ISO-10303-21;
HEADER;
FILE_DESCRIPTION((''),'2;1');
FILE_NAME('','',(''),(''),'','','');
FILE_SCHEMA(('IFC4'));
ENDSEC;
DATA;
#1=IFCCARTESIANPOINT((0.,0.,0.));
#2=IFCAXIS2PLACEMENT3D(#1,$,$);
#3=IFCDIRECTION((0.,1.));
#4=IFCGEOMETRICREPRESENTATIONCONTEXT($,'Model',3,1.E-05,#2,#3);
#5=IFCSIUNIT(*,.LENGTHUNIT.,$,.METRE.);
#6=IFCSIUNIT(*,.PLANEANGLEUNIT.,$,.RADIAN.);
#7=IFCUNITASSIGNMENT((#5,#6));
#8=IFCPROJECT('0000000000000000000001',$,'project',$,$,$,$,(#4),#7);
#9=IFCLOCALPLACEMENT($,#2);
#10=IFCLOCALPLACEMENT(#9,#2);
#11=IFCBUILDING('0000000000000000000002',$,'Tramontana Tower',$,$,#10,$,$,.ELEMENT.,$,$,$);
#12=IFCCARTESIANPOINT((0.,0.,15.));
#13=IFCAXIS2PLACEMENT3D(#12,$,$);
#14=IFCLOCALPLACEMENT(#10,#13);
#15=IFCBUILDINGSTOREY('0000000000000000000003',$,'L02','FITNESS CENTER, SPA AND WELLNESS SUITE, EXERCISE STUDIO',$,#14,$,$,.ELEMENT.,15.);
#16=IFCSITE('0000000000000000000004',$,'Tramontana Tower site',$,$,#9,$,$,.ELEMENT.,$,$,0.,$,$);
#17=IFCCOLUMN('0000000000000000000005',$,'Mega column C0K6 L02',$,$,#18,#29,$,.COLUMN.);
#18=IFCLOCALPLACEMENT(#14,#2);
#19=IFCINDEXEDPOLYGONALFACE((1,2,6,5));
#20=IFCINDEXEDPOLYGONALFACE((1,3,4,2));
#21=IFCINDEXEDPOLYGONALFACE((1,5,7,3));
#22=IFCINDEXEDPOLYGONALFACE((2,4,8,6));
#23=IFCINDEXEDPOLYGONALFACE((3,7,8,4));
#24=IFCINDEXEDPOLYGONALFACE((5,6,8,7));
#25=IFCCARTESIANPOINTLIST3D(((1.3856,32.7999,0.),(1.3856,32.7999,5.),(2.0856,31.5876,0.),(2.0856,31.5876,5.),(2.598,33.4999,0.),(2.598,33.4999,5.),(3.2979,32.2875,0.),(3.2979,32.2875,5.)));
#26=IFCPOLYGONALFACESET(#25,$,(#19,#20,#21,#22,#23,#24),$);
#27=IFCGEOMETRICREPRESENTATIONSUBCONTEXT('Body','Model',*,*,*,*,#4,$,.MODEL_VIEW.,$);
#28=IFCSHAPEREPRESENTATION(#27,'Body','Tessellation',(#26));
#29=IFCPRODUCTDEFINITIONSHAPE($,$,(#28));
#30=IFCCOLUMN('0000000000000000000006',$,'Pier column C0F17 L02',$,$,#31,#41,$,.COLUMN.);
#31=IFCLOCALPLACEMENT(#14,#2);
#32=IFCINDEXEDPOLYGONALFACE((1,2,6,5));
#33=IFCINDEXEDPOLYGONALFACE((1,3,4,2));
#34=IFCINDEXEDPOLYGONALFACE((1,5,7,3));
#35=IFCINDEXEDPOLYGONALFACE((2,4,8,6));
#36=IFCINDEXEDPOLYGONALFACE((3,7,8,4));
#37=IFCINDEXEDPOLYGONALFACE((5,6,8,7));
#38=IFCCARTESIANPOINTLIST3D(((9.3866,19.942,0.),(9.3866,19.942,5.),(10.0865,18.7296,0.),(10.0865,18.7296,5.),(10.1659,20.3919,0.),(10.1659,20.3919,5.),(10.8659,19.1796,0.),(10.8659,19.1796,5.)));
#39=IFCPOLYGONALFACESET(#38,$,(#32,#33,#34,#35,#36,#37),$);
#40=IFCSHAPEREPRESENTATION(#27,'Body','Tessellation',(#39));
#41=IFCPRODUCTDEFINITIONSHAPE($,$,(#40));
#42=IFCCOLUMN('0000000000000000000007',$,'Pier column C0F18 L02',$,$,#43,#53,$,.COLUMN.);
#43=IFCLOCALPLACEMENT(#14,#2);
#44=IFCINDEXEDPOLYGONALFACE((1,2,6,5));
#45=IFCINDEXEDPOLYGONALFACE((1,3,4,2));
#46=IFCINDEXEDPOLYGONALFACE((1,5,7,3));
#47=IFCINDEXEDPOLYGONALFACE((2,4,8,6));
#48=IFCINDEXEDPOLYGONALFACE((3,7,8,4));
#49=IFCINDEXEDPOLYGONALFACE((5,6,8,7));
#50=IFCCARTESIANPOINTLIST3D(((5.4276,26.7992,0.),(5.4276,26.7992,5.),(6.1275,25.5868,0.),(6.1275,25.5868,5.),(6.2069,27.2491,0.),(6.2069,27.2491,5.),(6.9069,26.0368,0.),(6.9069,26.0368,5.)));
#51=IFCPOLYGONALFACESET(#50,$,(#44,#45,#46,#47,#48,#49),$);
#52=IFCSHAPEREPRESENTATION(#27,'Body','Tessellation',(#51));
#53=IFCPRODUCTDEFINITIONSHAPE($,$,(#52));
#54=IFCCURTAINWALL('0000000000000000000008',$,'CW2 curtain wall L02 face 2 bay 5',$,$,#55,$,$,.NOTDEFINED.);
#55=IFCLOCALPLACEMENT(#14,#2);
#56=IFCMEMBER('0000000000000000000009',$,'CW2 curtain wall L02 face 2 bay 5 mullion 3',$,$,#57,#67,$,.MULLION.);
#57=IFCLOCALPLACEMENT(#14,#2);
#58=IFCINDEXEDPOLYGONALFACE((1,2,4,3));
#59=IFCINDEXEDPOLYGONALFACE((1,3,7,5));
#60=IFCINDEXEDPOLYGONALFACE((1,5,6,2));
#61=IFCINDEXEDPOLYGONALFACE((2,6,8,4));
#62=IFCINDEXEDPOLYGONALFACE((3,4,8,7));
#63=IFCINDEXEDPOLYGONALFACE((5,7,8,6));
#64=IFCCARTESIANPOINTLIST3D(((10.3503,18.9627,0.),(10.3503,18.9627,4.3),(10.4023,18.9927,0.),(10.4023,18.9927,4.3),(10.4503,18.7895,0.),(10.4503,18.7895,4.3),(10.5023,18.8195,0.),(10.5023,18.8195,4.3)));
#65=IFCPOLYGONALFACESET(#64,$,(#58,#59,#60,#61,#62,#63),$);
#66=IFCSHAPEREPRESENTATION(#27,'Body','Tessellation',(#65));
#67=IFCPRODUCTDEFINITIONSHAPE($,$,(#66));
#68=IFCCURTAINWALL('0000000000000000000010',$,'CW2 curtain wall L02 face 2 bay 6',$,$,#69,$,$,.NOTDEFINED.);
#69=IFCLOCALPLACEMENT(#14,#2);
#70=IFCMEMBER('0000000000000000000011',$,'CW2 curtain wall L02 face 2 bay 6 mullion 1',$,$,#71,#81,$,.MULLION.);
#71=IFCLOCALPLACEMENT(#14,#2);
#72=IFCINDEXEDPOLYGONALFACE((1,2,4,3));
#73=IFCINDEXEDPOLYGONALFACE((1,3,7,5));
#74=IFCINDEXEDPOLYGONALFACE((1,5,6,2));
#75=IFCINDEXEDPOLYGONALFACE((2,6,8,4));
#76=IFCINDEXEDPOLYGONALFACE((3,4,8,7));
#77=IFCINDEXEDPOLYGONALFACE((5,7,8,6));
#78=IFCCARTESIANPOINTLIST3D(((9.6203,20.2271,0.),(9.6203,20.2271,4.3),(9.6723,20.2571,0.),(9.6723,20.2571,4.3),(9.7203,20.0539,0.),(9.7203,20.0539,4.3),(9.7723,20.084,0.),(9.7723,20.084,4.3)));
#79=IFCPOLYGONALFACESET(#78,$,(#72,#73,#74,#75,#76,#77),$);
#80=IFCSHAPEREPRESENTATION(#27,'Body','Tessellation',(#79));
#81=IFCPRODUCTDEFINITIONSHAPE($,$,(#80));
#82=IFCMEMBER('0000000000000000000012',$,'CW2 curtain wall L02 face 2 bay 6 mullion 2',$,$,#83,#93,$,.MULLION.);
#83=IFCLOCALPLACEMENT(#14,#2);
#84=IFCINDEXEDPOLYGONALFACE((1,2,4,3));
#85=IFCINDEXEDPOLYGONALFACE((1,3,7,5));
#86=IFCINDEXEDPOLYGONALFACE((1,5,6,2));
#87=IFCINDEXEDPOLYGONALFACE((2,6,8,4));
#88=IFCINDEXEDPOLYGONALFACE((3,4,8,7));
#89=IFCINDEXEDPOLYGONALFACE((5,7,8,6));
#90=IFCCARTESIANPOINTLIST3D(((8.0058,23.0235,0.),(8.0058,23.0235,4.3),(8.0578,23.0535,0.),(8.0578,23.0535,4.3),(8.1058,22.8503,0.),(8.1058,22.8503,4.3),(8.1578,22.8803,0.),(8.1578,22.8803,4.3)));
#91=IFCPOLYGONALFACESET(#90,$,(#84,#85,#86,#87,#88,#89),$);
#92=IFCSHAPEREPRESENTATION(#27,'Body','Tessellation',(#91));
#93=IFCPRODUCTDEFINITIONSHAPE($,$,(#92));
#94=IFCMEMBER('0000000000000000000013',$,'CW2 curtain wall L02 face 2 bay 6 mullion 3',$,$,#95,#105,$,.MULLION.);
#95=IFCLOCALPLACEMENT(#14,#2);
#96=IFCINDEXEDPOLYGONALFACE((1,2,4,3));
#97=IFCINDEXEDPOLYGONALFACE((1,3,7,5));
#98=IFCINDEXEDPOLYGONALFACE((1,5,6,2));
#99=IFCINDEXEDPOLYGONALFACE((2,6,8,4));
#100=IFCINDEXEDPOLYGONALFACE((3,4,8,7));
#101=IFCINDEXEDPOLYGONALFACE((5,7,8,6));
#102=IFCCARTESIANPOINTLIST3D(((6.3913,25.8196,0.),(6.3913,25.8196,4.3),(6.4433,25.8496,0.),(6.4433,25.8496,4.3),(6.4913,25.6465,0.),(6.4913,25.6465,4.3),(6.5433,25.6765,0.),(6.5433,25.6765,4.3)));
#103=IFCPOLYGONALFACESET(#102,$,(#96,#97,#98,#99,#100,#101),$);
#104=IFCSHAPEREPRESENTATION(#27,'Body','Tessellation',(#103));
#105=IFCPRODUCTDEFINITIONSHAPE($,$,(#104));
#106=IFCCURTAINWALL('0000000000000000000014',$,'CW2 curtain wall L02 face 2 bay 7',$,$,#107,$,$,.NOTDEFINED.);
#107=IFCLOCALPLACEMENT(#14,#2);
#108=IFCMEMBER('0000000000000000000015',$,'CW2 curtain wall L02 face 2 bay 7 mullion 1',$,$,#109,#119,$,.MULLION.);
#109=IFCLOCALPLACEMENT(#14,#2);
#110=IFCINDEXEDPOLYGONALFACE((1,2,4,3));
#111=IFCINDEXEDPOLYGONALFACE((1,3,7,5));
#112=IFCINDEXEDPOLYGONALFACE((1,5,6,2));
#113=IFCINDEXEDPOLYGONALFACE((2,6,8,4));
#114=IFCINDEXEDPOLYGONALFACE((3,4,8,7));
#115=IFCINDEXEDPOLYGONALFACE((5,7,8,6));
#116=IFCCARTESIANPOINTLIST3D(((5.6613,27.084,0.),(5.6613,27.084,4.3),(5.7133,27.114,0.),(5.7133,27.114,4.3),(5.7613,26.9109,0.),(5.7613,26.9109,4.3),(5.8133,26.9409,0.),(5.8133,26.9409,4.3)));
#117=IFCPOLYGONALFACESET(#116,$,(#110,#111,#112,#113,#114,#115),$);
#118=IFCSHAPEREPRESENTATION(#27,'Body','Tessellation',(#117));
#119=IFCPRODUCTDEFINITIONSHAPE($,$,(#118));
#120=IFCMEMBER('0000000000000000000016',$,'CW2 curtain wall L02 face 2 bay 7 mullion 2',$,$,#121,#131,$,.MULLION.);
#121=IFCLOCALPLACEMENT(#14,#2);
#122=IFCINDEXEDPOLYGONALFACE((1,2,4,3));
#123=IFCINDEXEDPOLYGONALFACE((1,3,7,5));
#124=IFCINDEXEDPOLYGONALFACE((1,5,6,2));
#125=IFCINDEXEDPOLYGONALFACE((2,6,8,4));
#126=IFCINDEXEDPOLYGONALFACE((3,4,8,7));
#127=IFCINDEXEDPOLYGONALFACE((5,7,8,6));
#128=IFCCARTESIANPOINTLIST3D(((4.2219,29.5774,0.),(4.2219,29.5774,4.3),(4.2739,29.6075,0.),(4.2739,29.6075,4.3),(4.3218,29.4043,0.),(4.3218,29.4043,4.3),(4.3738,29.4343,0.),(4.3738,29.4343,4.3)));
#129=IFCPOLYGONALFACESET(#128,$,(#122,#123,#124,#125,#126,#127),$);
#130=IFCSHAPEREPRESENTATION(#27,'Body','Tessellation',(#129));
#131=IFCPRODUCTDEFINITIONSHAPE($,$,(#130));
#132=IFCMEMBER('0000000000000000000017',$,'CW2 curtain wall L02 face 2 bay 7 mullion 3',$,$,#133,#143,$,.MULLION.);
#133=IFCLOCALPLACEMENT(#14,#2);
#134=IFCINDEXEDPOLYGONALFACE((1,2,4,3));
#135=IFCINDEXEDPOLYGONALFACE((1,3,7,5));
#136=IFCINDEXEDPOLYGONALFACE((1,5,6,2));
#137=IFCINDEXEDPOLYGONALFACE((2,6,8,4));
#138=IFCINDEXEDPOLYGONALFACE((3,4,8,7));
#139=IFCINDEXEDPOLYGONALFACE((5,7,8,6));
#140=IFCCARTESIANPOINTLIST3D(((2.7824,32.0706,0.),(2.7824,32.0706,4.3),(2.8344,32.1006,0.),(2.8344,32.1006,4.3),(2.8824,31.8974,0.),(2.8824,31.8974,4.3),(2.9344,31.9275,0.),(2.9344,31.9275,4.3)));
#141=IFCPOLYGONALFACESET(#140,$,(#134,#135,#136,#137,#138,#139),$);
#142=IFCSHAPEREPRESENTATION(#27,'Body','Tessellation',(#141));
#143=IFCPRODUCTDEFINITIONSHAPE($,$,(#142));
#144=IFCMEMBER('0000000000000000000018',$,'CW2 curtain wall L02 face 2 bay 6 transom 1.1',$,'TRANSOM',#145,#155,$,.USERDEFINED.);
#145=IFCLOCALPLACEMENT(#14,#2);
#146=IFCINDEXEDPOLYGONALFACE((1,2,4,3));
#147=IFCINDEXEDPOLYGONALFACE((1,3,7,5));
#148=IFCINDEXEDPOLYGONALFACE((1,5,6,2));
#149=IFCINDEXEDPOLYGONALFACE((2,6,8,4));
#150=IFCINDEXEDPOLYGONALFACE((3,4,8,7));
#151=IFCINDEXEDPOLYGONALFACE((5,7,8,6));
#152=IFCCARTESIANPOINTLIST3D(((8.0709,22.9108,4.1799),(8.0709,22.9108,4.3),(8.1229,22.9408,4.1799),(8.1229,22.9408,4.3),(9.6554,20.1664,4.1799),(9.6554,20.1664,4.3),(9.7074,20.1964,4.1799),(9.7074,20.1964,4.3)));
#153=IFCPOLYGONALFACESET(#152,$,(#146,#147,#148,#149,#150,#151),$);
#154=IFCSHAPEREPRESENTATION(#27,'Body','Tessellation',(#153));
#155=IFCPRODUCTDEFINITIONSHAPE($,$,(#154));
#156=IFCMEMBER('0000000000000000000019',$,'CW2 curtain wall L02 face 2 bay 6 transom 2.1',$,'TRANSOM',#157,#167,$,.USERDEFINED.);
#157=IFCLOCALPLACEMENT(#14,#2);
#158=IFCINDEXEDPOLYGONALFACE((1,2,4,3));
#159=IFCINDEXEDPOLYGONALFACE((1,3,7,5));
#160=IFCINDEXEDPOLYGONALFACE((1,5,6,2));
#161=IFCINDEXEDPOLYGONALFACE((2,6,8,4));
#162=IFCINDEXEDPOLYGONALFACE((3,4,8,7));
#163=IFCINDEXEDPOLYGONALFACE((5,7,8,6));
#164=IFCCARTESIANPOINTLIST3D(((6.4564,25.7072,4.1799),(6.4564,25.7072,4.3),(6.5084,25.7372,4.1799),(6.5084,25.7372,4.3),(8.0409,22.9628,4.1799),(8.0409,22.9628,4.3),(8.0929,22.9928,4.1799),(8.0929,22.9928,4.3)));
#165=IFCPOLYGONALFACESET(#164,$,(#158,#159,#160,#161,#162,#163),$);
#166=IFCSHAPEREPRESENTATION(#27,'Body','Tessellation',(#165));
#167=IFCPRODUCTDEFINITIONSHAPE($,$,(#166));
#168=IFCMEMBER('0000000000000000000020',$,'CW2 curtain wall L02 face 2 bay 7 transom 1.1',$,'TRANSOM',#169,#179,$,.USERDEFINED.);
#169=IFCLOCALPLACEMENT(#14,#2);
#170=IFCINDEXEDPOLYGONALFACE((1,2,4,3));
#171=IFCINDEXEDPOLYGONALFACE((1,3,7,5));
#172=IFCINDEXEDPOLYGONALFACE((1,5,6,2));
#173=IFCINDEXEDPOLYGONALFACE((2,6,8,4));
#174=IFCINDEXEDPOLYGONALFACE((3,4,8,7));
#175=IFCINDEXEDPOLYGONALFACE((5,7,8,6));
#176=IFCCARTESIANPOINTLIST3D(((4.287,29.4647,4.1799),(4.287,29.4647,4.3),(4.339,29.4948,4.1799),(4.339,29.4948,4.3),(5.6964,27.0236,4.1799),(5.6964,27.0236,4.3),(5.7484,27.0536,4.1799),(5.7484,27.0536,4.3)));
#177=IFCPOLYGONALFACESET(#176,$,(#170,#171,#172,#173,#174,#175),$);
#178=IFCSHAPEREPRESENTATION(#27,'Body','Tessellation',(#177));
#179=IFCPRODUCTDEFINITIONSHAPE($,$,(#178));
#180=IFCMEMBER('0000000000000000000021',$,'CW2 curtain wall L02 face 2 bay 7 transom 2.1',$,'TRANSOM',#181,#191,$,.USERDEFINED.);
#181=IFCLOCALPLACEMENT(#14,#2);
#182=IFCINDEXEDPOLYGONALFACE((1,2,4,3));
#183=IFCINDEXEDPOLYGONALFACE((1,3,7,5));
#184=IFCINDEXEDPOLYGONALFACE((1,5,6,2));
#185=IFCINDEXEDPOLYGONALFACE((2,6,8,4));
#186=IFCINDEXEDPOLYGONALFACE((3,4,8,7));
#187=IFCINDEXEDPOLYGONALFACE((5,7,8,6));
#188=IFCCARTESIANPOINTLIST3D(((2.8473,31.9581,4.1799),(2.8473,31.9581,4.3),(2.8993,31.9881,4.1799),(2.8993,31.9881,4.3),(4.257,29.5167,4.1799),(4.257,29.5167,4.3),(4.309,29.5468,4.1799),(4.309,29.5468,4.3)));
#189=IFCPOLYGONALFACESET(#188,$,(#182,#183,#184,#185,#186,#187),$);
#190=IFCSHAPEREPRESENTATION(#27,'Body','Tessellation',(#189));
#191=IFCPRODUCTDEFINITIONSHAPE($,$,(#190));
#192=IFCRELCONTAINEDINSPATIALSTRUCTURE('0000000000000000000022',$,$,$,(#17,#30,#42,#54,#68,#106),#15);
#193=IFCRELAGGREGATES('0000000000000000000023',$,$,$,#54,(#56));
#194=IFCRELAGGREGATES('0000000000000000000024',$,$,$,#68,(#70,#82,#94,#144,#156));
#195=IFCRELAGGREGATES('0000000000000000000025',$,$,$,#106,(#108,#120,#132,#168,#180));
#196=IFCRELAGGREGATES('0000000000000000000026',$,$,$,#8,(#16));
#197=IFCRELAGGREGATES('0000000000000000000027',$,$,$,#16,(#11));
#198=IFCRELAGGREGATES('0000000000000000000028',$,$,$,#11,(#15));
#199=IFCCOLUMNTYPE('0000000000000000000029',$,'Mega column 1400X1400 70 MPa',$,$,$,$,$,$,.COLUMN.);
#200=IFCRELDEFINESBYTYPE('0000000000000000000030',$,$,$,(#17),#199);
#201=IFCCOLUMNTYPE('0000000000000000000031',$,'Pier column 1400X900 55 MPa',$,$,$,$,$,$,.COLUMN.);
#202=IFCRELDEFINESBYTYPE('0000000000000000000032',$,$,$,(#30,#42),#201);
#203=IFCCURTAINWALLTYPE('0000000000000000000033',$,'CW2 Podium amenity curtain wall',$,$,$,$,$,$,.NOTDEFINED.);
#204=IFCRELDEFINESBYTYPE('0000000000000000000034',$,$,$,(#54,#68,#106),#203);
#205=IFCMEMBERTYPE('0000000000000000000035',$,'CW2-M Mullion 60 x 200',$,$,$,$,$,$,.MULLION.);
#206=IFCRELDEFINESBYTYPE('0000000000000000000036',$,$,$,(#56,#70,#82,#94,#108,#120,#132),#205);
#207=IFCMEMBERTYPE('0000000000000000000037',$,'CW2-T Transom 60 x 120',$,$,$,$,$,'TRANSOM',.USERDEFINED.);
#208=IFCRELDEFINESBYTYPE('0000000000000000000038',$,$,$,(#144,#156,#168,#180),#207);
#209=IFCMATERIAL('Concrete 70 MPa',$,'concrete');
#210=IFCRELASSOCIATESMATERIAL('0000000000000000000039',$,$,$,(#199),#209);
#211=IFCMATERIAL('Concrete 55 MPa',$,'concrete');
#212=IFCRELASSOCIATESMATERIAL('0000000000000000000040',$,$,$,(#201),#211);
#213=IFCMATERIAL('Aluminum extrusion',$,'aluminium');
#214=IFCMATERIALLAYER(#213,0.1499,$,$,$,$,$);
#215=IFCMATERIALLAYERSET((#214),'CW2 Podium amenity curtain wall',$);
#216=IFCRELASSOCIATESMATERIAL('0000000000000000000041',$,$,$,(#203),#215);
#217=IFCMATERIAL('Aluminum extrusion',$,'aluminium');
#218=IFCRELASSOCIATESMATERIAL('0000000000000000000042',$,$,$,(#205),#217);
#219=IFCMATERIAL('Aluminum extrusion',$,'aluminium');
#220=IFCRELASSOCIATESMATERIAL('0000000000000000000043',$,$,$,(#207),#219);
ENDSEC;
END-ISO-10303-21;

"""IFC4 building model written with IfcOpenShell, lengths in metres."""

from ifc_helpers import new_model, si_unit, direction, frame, origin, origin_2d, place, context, subcontext, project, spatial, rectangle, extrude, material, layer, layer_set, material_profile, profile_set, type_object, element, aggregate, save


model = new_model("IFC4")

# Units and contexts
model_context = context("Model", 3, precision=1e-05, world=origin(), true_north=direction((0.0, 1.0)))
body_context = subcontext(model_context, "Body", "Model", "MODEL_VIEW")
ifc_project = project(units=[si_unit("LENGTHUNIT", "METRE"), si_unit("PLANEANGLEUNIT", "RADIAN")], contexts=[model_context])

# Site, building, storey
site_placement = place(None, origin())
site = spatial("IfcSite", under=ifc_project, at=site_placement, Name="Tramontana Tower site", CompositionType="ELEMENT", RefElevation=0.0)
building_placement = place(site_placement, origin())
building = spatial("IfcBuilding", under=site, at=building_placement, Name="Tramontana Tower", CompositionType="ELEMENT")
storey_placement = place(building_placement, frame((0.0, 0.0, 15.0)))
storey = spatial("IfcBuildingStorey", under=building, at=storey_placement, Name="L02", Description="FITNESS CENTER, SPA AND WELLNESS SUITE, EXERCISE STUDIO", CompositionType="ELEMENT", Elevation=15.0)

# Columns
ifc_material_1 = material(Name="Concrete 70 MPa", Category="concrete")
ifc_material_profile_1 = material_profile(ifc_material_1, rectangle(XDim=1.3999, YDim=1.3999, at=origin_2d()), Name="Mega column 1400X1400 70 MPa")
ifc_profile_set_1 = profile_set([ifc_material_profile_1], Name="Concrete 70 MPa")
column_type_1 = type_object("IfcColumnType", Name="Mega column 1400X1400 70 MPa", PredefinedType="COLUMN", material=ifc_profile_set_1)
column_placement = place(storey_placement, frame((2.3418, 32.5437, 0.0), z_axis=(0.0, 0.0, 1.0), x_axis=(-0.5, 0.866025, 0.0)))
element("IfcColumn", 1, at=column_placement, inside=storey, type_object=column_type_1, Name="Mega column C0K6 L02", PredefinedType="COLUMN", context=body_context, shape_type="SweptSolid", body=[
    extrude(rectangle(XDim=1.3999, YDim=1.3999, at=origin_2d()), origin(), (0.0, 0.0, 1.0), 5.0),
])
ifc_material_2 = material(Name="Concrete 55 MPa", Category="concrete")
ifc_material_profile_2 = material_profile(ifc_material_2, rectangle(XDim=1.3999, YDim=0.8999, at=origin_2d()), Name="Pier column 1400X900 55 MPa")
ifc_profile_set_2 = profile_set([ifc_material_profile_2], Name="Concrete 55 MPa")
column_type_2 = type_object("IfcColumnType", Name="Pier column 1400X900 55 MPa", PredefinedType="COLUMN", material=ifc_profile_set_2)
for number, where, z_axis, x_axis, name in (
    (2, (10.1262, 19.5608, 0.0), (0.0, 0.0, 1.0), (-0.5, 0.866025, 0.0), "Pier column C0F17 L02"),
    (3, (6.1672, 26.418, 0.0), (0.0, 0.0, 1.0), (-0.5, 0.866025, 0.0), "Pier column C0F18 L02"),
):
    element("IfcColumn", number, at=place(storey_placement, frame(where, z_axis=z_axis, x_axis=x_axis)), inside=storey, type_object=column_type_2, Name=name, PredefinedType="COLUMN", context=body_context, shape_type="SweptSolid", body=[
        extrude(rectangle(XDim=1.3999, YDim=0.8999, at=origin_2d()), origin(), (0.0, 0.0, 1.0), 5.0),
    ])

# Curtain wall, member
ifc_material_3 = material(Name="Aluminum extrusion", Category="aluminium")
ifc_layer_1 = layer(ifc_material_3, 0.1499)
ifc_layer_set_1 = layer_set([ifc_layer_1], Name="CW2 Podium amenity curtain wall")
curtain_wall_type = type_object("IfcCurtainWallType", Name="CW2 Podium amenity curtain wall", PredefinedType="NOTDEFINED", material=ifc_layer_set_1)
curtain_wall_1_placement = place(storey_placement, origin())
curtain_wall_1 = element("IfcCurtainWall", 4, at=curtain_wall_1_placement, inside=storey, type_object=curtain_wall_type, Name="CW2 curtain wall L02 face 2 bay 5", PredefinedType="NOTDEFINED")
ifc_material_4 = material(Name="Aluminum extrusion", Category="aluminium")
ifc_material_profile_3 = material_profile(ifc_material_4, rectangle(XDim=0.0601, YDim=0.2, at=origin_2d()), Name="CW2-M Mullion 60 x 200")
ifc_profile_set_3 = profile_set([ifc_material_profile_3], Name="Aluminum extrusion")
member_type_1 = type_object("IfcMemberType", Name="CW2-M Mullion 60 x 200", PredefinedType="MULLION", material=ifc_profile_set_3)
member_1_placement = place(storey_placement, frame((10.4263, 18.8911, 0.0), z_axis=(0.0, 0.0, 1.0), x_axis=(-0.866025, -0.5, 0.0)))
member_1 = element("IfcMember", 5, at=member_1_placement, type_object=member_type_1, Name="CW2 curtain wall L02 face 2 bay 5 mullion 3", PredefinedType="MULLION", context=body_context, shape_type="SweptSolid", body=[
    extrude(rectangle(XDim=0.0601, YDim=0.2, at=origin_2d()), origin(), (0.0, 0.0, 1.0), 4.3),
])
aggregate(curtain_wall_1, [member_1])

# Curtain walls, members
curtain_wall_2_placement = place(storey_placement, origin())
curtain_wall_2 = element("IfcCurtainWall", 6, at=curtain_wall_2_placement, inside=storey, type_object=curtain_wall_type, Name="CW2 curtain wall L02 face 2 bay 6", PredefinedType="NOTDEFINED")
member_2_placement = place(storey_placement, frame((9.6963, 20.1555, 0.0), z_axis=(0.0, 0.0, 1.0), x_axis=(-0.866025, -0.5, 0.0)))
member_2 = element("IfcMember", 7, at=member_2_placement, type_object=member_type_1, Name="CW2 curtain wall L02 face 2 bay 6 mullion 1", PredefinedType="MULLION", context=body_context, shape_type="SweptSolid", body=[
    extrude(rectangle(XDim=0.0601, YDim=0.2, at=origin_2d()), origin(), (0.0, 0.0, 1.0), 4.3),
])
member_3_placement = place(storey_placement, frame((8.0818, 22.9519, 0.0), z_axis=(0.0, 0.0, 1.0), x_axis=(-0.866025, -0.5, 0.0)))
member_3 = element("IfcMember", 8, at=member_3_placement, type_object=member_type_1, Name="CW2 curtain wall L02 face 2 bay 6 mullion 2", PredefinedType="MULLION", context=body_context, shape_type="SweptSolid", body=[
    extrude(rectangle(XDim=0.0601, YDim=0.2, at=origin_2d()), origin(), (0.0, 0.0, 1.0), 4.3),
])
member_4_placement = place(storey_placement, frame((6.4673, 25.748, 0.0), z_axis=(0.0, 0.0, 1.0), x_axis=(-0.866025, -0.5, 0.0)))
member_4 = element("IfcMember", 9, at=member_4_placement, type_object=member_type_1, Name="CW2 curtain wall L02 face 2 bay 6 mullion 3", PredefinedType="MULLION", context=body_context, shape_type="SweptSolid", body=[
    extrude(rectangle(XDim=0.0601, YDim=0.2, at=origin_2d()), origin(), (0.0, 0.0, 1.0), 4.3),
])
curtain_wall_3_placement = place(storey_placement, origin())
curtain_wall_3 = element("IfcCurtainWall", 10, at=curtain_wall_3_placement, inside=storey, type_object=curtain_wall_type, Name="CW2 curtain wall L02 face 2 bay 7", PredefinedType="NOTDEFINED")
member_5_placement = place(storey_placement, frame((5.7373, 27.0125, 0.0), z_axis=(0.0, 0.0, 1.0), x_axis=(-0.866025, -0.5, 0.0)))
member_5 = element("IfcMember", 11, at=member_5_placement, type_object=member_type_1, Name="CW2 curtain wall L02 face 2 bay 7 mullion 1", PredefinedType="MULLION", context=body_context, shape_type="SweptSolid", body=[
    extrude(rectangle(XDim=0.0601, YDim=0.2, at=origin_2d()), origin(), (0.0, 0.0, 1.0), 4.3),
])
member_6_placement = place(storey_placement, frame((4.2979, 29.5059, 0.0), z_axis=(0.0, 0.0, 1.0), x_axis=(-0.866025, -0.5, 0.0)))
member_6 = element("IfcMember", 12, at=member_6_placement, type_object=member_type_1, Name="CW2 curtain wall L02 face 2 bay 7 mullion 2", PredefinedType="MULLION", context=body_context, shape_type="SweptSolid", body=[
    extrude(rectangle(XDim=0.0601, YDim=0.2, at=origin_2d()), origin(), (0.0, 0.0, 1.0), 4.3),
])
member_7_placement = place(storey_placement, frame((2.8584, 31.999, 0.0), z_axis=(0.0, 0.0, 1.0), x_axis=(-0.866025, -0.5, 0.0)))
member_7 = element("IfcMember", 13, at=member_7_placement, type_object=member_type_1, Name="CW2 curtain wall L02 face 2 bay 7 mullion 3", PredefinedType="MULLION", context=body_context, shape_type="SweptSolid", body=[
    extrude(rectangle(XDim=0.0601, YDim=0.2, at=origin_2d()), origin(), (0.0, 0.0, 1.0), 4.3),
])

# Members
ifc_material_5 = material(Name="Aluminum extrusion", Category="aluminium")
ifc_material_profile_4 = material_profile(ifc_material_5, rectangle(XDim=0.0601, YDim=0.1201, at=origin_2d()), Name="CW2-T Transom 60 x 120")
ifc_profile_set_4 = profile_set([ifc_material_profile_4], Name="Aluminum extrusion")
member_type_2 = type_object("IfcMemberType", Name="CW2-T Transom 60 x 120", ElementType="TRANSOM", PredefinedType="USERDEFINED", material=ifc_profile_set_4)
member_8_placement = place(storey_placement, frame((9.6814, 20.1814, 4.24), z_axis=(-0.5, 0.866025, 0.0), x_axis=(-0.866025, -0.5, 0.0)))
member_8 = element("IfcMember", 14, at=member_8_placement, type_object=member_type_2, Name="CW2 curtain wall L02 face 2 bay 6 transom 1.1", ObjectType="TRANSOM", PredefinedType="USERDEFINED", context=body_context, shape_type="SweptSolid", body=[
    extrude(rectangle(XDim=0.0601, YDim=0.1201, at=origin_2d()), origin(), (0.0, 0.0, 1.0), 3.1689),
])
member_9_placement = place(storey_placement, frame((8.0669, 22.9778, 4.24), z_axis=(-0.5, 0.866025, 0.0), x_axis=(-0.866025, -0.5, 0.0)))
member_9 = element("IfcMember", 15, at=member_9_placement, type_object=member_type_2, Name="CW2 curtain wall L02 face 2 bay 6 transom 2.1", ObjectType="TRANSOM", PredefinedType="USERDEFINED", context=body_context, shape_type="SweptSolid", body=[
    extrude(rectangle(XDim=0.0601, YDim=0.1201, at=origin_2d()), origin(), (0.0, 0.0, 1.0), 3.1689),
])
member_10_placement = place(storey_placement, frame((5.7224, 27.0386, 4.24), z_axis=(-0.500005, 0.866023, 0.0), x_axis=(-0.866023, -0.500005, 0.0)))
member_10 = element("IfcMember", 16, at=member_10_placement, type_object=member_type_2, Name="CW2 curtain wall L02 face 2 bay 7 transom 1.1", ObjectType="TRANSOM", PredefinedType="USERDEFINED", context=body_context, shape_type="SweptSolid", body=[
    extrude(rectangle(XDim=0.0601, YDim=0.1201, at=origin_2d()), origin(), (0.0, 0.0, 1.0), 2.8188),
])
member_11_placement = place(storey_placement, frame((4.283, 29.5317, 4.24), z_axis=(-0.500032, 0.866007, 0.0), x_axis=(-0.866007, -0.500032, 0.0)))
member_11 = element("IfcMember", 17, at=member_11_placement, type_object=member_type_2, Name="CW2 curtain wall L02 face 2 bay 7 transom 2.1", ObjectType="TRANSOM", PredefinedType="USERDEFINED", context=body_context, shape_type="SweptSolid", body=[
    extrude(rectangle(XDim=0.0601, YDim=0.1201, at=origin_2d()), origin(), (0.0, 0.0, 1.0), 2.8191),
])

aggregate(curtain_wall_2, [member_2, member_3, member_4, member_8, member_9])
aggregate(curtain_wall_3, [member_5, member_6, member_7, member_10, member_11])

save(model, "model.ifc")
